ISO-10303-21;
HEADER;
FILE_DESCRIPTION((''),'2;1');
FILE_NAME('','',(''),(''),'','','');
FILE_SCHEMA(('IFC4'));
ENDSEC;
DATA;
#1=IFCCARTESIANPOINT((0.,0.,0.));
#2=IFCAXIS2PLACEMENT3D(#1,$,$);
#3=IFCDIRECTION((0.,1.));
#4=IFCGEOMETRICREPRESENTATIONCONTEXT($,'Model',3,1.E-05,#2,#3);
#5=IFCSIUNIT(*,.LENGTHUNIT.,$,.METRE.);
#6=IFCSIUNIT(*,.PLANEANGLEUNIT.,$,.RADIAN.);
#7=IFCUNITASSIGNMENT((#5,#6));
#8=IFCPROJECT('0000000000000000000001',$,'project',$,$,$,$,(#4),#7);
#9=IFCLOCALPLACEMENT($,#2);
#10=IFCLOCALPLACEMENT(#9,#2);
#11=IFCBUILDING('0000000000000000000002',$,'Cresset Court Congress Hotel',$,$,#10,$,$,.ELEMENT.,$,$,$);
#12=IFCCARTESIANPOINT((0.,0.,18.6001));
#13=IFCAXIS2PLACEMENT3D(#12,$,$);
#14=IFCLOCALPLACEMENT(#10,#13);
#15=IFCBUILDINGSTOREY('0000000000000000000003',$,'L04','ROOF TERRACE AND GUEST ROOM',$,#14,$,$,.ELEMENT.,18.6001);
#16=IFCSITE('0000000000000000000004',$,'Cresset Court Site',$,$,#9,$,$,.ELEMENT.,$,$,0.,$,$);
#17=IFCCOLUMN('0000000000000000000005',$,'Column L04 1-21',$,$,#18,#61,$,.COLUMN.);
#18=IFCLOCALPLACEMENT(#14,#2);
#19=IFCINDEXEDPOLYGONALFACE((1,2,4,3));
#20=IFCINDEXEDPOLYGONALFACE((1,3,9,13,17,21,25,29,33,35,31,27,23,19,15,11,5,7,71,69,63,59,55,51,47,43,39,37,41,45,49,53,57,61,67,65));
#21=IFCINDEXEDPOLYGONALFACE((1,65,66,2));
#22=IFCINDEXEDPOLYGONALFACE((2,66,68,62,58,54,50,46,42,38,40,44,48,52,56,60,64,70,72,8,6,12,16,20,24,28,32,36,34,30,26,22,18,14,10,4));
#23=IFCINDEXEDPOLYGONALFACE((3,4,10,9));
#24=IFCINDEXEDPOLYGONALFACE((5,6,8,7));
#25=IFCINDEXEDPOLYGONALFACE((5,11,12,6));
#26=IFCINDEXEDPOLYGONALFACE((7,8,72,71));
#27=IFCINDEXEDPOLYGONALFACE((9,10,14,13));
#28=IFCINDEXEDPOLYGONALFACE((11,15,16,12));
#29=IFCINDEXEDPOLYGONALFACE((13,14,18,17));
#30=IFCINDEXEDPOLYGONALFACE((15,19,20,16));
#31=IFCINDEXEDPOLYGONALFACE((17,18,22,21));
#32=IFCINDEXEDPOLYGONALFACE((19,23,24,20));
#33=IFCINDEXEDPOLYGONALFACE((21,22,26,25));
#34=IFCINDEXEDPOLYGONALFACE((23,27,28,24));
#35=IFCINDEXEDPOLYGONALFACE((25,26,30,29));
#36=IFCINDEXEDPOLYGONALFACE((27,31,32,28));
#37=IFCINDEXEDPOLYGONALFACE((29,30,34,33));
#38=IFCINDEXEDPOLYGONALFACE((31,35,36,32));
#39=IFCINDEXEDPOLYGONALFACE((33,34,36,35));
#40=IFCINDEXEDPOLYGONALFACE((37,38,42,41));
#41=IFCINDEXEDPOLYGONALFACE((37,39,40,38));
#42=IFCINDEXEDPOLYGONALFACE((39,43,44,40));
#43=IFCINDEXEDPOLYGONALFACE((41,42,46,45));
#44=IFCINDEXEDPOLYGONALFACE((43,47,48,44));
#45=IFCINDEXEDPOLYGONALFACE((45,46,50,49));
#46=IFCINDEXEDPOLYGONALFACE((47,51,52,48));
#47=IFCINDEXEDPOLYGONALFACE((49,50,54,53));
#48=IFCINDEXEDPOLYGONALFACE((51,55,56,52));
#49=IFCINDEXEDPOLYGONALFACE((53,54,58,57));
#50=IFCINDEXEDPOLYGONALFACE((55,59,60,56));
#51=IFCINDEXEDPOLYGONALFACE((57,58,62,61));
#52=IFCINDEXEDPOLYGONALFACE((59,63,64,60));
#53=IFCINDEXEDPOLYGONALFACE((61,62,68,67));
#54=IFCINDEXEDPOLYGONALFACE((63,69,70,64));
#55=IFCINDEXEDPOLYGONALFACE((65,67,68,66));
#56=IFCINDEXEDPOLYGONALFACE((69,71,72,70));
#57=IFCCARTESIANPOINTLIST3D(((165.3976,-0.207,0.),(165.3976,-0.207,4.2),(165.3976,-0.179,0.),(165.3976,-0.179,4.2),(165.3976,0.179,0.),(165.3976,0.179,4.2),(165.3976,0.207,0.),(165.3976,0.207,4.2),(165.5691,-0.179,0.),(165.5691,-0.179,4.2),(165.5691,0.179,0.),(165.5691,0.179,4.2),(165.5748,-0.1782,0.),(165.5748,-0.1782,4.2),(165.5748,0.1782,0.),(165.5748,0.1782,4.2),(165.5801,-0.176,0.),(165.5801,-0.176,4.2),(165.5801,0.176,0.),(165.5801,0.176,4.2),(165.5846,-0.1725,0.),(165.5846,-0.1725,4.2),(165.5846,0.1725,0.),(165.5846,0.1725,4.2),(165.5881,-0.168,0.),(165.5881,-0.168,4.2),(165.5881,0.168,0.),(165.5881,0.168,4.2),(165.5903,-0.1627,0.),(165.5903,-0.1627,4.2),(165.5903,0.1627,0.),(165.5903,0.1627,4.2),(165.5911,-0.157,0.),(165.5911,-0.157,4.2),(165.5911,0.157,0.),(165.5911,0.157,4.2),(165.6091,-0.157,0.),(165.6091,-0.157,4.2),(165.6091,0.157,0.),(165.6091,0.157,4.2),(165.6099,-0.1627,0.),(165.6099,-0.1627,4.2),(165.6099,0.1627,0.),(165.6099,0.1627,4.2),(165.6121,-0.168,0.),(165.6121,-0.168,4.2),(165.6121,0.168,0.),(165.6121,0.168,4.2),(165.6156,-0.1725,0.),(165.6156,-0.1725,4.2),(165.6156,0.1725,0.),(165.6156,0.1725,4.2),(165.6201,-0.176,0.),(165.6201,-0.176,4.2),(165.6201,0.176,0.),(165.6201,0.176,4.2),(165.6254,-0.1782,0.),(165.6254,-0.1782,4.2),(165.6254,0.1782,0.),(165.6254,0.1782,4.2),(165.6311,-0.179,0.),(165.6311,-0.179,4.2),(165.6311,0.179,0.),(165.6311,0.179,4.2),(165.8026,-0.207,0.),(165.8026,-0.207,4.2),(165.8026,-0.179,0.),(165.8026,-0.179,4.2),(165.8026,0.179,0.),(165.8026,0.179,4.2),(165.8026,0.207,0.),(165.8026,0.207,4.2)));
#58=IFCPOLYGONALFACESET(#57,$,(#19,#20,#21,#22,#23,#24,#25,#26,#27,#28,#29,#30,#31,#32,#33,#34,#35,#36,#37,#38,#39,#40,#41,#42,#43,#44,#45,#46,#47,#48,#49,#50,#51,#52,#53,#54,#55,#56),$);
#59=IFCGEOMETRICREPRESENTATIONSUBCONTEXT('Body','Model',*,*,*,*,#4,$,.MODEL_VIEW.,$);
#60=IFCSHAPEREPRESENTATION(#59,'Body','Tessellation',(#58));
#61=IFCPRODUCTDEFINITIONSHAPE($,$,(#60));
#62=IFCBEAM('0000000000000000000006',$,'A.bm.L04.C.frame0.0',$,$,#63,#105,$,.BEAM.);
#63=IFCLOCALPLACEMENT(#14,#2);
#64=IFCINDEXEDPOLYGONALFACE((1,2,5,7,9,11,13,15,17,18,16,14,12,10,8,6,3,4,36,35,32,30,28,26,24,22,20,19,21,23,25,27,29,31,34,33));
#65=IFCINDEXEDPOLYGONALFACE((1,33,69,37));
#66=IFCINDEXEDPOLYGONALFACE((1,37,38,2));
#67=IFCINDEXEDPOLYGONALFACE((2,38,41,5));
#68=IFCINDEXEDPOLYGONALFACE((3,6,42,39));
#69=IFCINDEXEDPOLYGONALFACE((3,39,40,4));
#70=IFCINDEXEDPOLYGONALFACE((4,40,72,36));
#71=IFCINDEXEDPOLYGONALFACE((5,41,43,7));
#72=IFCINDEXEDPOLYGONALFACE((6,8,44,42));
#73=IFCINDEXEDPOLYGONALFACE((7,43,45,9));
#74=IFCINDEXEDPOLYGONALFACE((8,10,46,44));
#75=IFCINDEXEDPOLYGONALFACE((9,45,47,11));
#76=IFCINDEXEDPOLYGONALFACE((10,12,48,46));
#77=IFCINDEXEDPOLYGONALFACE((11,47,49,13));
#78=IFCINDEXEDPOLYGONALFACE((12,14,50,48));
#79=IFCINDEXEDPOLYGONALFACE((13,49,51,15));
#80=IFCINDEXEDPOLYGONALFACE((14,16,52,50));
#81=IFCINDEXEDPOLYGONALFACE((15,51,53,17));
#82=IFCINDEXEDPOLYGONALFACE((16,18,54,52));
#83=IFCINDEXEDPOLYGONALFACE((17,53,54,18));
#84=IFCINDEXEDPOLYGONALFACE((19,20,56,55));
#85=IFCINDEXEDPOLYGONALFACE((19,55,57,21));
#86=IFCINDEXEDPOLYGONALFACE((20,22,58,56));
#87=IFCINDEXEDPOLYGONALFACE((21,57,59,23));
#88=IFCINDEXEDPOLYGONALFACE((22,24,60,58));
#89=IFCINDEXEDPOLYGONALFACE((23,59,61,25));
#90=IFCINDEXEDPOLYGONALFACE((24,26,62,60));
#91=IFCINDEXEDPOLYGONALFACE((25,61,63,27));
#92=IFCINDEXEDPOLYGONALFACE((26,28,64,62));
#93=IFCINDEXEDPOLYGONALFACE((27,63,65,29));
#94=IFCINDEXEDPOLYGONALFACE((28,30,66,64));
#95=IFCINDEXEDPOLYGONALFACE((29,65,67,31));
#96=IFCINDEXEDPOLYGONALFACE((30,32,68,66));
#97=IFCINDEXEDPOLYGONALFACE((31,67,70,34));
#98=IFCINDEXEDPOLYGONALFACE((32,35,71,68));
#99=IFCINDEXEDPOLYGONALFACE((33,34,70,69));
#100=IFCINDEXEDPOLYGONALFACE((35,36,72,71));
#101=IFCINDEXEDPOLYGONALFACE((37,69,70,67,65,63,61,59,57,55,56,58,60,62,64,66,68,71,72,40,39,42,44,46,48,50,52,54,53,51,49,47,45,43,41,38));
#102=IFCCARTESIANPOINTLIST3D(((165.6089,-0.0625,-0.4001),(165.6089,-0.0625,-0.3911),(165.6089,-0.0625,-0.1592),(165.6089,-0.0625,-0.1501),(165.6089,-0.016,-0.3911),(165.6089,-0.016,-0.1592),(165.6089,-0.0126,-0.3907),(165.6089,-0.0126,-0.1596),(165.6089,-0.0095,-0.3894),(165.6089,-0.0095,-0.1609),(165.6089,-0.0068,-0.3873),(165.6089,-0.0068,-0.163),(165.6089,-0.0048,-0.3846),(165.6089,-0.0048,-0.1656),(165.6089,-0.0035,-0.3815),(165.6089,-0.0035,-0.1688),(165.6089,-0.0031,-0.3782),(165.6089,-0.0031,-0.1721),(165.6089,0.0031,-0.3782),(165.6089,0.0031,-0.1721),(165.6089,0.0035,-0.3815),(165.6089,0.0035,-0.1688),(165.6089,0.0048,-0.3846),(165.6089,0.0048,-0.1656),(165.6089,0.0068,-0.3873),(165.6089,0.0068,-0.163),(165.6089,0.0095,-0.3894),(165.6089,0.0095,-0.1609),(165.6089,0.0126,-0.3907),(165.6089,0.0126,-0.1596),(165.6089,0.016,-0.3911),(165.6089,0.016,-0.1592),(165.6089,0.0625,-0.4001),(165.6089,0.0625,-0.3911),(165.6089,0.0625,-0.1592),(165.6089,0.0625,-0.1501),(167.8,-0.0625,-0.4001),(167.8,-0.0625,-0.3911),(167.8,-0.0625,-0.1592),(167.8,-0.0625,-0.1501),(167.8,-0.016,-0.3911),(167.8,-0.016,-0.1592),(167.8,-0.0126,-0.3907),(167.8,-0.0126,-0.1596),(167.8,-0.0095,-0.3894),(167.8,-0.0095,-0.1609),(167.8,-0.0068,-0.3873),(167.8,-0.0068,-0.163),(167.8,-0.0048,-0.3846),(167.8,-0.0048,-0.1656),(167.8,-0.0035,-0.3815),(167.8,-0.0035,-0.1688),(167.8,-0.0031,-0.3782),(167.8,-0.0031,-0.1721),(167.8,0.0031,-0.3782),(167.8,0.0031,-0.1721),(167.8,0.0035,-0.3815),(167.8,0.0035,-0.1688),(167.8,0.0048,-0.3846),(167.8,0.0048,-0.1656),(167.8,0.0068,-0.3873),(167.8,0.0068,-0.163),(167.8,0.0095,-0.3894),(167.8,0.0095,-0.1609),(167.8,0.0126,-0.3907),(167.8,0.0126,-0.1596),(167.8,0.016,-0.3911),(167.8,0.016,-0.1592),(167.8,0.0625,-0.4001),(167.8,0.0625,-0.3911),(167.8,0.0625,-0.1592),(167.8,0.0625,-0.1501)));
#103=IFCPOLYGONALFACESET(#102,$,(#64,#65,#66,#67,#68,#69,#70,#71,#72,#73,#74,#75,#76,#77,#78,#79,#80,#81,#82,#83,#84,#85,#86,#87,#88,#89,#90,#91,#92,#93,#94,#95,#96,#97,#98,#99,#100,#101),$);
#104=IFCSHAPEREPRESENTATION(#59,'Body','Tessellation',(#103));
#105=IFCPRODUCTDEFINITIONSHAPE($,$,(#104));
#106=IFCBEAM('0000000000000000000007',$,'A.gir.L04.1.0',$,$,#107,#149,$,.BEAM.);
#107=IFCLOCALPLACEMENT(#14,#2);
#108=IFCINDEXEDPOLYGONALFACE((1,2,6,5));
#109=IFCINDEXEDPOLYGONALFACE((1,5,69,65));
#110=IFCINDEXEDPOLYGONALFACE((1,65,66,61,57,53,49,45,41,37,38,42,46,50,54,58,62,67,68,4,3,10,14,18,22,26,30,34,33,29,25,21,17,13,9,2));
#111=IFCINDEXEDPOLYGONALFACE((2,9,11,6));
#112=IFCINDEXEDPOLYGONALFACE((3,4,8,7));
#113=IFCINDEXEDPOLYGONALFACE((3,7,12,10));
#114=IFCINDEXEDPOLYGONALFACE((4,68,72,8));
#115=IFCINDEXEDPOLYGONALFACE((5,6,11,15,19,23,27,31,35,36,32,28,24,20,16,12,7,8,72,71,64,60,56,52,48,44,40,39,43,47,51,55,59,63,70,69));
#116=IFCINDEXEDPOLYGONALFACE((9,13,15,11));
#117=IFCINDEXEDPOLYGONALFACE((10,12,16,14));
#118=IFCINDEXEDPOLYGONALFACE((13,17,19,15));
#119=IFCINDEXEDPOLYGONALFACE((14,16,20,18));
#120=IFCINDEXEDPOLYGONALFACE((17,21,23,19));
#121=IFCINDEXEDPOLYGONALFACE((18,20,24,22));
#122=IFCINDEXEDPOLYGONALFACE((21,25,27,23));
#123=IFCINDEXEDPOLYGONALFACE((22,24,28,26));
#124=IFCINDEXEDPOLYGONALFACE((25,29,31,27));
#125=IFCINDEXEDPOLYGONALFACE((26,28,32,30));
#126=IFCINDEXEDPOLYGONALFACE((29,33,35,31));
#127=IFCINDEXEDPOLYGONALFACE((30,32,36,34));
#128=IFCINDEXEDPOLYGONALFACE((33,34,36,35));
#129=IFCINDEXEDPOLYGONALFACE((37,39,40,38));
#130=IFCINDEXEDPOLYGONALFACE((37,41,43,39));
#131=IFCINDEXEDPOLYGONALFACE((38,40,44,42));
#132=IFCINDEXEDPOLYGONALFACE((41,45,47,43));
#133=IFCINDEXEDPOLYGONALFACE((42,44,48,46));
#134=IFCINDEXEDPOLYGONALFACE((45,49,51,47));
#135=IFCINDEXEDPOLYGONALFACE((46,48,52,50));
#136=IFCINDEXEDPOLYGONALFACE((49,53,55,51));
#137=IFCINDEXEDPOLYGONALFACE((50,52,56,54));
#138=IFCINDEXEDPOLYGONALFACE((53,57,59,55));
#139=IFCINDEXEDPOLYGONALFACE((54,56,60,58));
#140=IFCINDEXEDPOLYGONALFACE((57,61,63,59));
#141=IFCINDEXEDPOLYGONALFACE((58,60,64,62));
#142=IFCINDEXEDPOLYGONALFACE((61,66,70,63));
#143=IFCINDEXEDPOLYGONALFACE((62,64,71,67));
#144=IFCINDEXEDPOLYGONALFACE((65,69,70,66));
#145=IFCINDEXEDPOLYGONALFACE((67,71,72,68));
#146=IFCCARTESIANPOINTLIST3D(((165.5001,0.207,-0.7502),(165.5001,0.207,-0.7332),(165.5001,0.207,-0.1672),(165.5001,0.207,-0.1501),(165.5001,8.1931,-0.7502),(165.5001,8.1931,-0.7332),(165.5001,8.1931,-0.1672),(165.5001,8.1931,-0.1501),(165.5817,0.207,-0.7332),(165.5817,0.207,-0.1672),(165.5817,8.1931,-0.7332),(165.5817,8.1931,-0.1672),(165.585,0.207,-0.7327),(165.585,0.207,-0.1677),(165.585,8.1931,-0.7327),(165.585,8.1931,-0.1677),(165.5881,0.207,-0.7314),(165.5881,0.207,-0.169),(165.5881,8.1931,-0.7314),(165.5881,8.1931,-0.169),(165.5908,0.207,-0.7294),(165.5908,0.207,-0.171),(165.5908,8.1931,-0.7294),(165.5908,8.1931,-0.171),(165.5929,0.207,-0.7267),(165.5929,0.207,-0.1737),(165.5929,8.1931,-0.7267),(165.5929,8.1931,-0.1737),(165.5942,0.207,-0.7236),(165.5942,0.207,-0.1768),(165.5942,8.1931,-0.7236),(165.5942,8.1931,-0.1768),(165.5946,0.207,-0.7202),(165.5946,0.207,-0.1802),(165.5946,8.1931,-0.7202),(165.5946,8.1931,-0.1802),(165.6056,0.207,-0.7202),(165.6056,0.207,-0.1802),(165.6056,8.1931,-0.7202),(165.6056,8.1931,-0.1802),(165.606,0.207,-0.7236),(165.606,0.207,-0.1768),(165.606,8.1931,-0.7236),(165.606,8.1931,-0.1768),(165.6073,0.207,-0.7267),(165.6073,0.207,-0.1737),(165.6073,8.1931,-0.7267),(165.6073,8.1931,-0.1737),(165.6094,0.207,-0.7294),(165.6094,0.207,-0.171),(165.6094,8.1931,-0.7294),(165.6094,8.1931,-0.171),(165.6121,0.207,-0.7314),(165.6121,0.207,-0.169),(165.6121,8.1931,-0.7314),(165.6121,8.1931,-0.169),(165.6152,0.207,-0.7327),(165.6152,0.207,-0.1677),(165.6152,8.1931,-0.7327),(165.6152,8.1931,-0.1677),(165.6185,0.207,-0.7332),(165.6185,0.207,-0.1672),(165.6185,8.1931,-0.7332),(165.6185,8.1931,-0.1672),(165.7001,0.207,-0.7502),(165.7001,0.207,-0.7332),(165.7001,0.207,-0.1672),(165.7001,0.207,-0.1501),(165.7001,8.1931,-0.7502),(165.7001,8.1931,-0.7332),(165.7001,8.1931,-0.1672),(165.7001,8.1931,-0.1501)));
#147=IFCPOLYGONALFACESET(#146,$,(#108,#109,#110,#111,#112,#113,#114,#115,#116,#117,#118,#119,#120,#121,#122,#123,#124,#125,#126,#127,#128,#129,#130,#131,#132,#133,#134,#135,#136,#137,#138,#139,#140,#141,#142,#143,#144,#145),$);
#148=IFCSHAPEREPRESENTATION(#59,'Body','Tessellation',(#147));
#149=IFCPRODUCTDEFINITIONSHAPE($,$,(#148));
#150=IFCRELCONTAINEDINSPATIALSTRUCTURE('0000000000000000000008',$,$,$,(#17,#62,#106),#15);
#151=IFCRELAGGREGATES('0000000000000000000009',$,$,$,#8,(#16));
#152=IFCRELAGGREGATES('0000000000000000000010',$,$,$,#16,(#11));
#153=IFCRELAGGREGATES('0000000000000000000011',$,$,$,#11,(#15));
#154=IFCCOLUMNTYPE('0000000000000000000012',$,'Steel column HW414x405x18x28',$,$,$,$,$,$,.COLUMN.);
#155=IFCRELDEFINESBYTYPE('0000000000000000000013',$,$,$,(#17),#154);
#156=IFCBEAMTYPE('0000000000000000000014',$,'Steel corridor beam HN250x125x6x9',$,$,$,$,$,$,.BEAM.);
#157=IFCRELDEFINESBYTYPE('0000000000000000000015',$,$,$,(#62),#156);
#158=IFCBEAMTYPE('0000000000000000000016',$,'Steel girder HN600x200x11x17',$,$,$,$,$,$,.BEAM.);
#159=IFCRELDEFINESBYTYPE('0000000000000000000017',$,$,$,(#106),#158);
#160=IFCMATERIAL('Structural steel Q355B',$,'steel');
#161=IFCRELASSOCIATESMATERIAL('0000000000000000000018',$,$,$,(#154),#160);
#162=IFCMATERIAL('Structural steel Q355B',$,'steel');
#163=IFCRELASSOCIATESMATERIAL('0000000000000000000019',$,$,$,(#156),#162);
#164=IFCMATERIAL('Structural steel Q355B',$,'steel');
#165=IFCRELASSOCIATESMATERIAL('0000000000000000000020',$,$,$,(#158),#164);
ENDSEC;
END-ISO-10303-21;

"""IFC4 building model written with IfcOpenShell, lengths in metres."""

from ifc_helpers import new_model, si_unit, direction, frame, origin, origin_2d, place, context, subcontext, project, spatial, i_section, extrude, material, material_profile, profile_set, type_object, element, save


model = new_model("IFC4")

# Units and contexts
model_context = context("Model", 3, precision=1e-05, world=origin(), true_north=direction((0.0, 1.0)))
body_context = subcontext(model_context, "Body", "Model", "MODEL_VIEW")
ifc_project = project(units=[si_unit("LENGTHUNIT", "METRE"), si_unit("PLANEANGLEUNIT", "RADIAN")], contexts=[model_context])

# Site, building, storey
site_placement = place(None, origin())
site = spatial("IfcSite", under=ifc_project, at=site_placement, Name="Cresset Court Site", CompositionType="ELEMENT", RefElevation=0.0)
building_placement = place(site_placement, origin())
building = spatial("IfcBuilding", under=site, at=building_placement, Name="Cresset Court Congress Hotel", CompositionType="ELEMENT")
storey_placement = place(building_placement, frame((0.0, 0.0, 18.6001)))
storey = spatial("IfcBuildingStorey", under=building, at=storey_placement, Name="L04", Description="ROOF TERRACE AND GUEST ROOM", CompositionType="ELEMENT", Elevation=18.6001)

# Column
ifc_material_1 = material(Name="Structural steel Q355B", Category="steel")
ifc_material_profile_1 = material_profile(ifc_material_1, i_section(OverallWidth=0.405, OverallDepth=0.4141, WebThickness=0.0181, FlangeThickness=0.0281, FilletRadius=0.022, at=origin_2d()), Name="HW414x405x18x28")
ifc_profile_set_1 = profile_set([ifc_material_profile_1], Name="Structural steel Q355B")
column_type = type_object("IfcColumnType", Name="Steel column HW414x405x18x28", PredefinedType="COLUMN", material=ifc_profile_set_1)
column_placement = place(storey_placement, frame((165.6001, 0.0, 0.0), z_axis=(0.0, 0.0, 1.0), x_axis=(1.0, 0.0, 0.0)))
element("IfcColumn", 1, at=column_placement, inside=storey, type_object=column_type, Name="Column L04 1-21", PredefinedType="COLUMN", context=body_context, shape_type="SweptSolid", body=[
    extrude(i_section(OverallWidth=0.405, OverallDepth=0.4141, WebThickness=0.0181, FlangeThickness=0.0281, FilletRadius=0.022, at=origin_2d()), origin(), (0.0, 0.0, 1.0), 4.2),
])

# Beams
ifc_material_2 = material(Name="Structural steel Q355B", Category="steel")
ifc_material_profile_2 = material_profile(ifc_material_2, i_section(OverallWidth=0.125, OverallDepth=0.25, WebThickness=0.0061, FlangeThickness=0.009, FilletRadius=0.0129, at=origin_2d()), Name="HN250x125x6x9")
ifc_profile_set_2 = profile_set([ifc_material_profile_2], Name="Structural steel Q355B")
beam_type_1 = type_object("IfcBeamType", Name="Steel corridor beam HN250x125x6x9", PredefinedType="BEAM", material=ifc_profile_set_2)
beam_1_placement = place(storey_placement, frame((165.6089, 0.0, -0.2751), z_axis=(1.0, 0.0, 0.0), x_axis=(0.0, 1.0, 0.0)))
element("IfcBeam", 2, at=beam_1_placement, inside=storey, type_object=beam_type_1, Name="A.bm.L04.C.frame0.0", PredefinedType="BEAM", context=body_context, shape_type="SweptSolid", body=[
    extrude(i_section(OverallWidth=0.125, OverallDepth=0.25, WebThickness=0.0061, FlangeThickness=0.009, FilletRadius=0.0129, at=origin_2d()), origin(), (0.0, 0.0, 1.0), 2.1912),
])
ifc_material_3 = material(Name="Structural steel Q355B", Category="steel")
ifc_material_profile_3 = material_profile(ifc_material_3, i_section(OverallWidth=0.2, OverallDepth=0.6001, WebThickness=0.011, FlangeThickness=0.0171, FilletRadius=0.0129, at=origin_2d()), Name="HN600x200x11x17")
ifc_profile_set_3 = profile_set([ifc_material_profile_3], Name="Structural steel Q355B")
beam_type_2 = type_object("IfcBeamType", Name="Steel girder HN600x200x11x17", PredefinedType="BEAM", material=ifc_profile_set_3)
beam_2_placement = place(storey_placement, frame((165.6001, 0.207, -0.4502), z_axis=(0.0, 1.0, 0.0), x_axis=(-1.0, 0.0, 0.0)))
element("IfcBeam", 3, at=beam_2_placement, inside=storey, type_object=beam_type_2, Name="A.gir.L04.1.0", PredefinedType="BEAM", context=body_context, shape_type="SweptSolid", body=[
    extrude(i_section(OverallWidth=0.2, OverallDepth=0.6001, WebThickness=0.011, FlangeThickness=0.0171, FilletRadius=0.0129, at=origin_2d()), origin(), (0.0, 0.0, 1.0), 7.9861),
])

save(model, "model.ifc")
